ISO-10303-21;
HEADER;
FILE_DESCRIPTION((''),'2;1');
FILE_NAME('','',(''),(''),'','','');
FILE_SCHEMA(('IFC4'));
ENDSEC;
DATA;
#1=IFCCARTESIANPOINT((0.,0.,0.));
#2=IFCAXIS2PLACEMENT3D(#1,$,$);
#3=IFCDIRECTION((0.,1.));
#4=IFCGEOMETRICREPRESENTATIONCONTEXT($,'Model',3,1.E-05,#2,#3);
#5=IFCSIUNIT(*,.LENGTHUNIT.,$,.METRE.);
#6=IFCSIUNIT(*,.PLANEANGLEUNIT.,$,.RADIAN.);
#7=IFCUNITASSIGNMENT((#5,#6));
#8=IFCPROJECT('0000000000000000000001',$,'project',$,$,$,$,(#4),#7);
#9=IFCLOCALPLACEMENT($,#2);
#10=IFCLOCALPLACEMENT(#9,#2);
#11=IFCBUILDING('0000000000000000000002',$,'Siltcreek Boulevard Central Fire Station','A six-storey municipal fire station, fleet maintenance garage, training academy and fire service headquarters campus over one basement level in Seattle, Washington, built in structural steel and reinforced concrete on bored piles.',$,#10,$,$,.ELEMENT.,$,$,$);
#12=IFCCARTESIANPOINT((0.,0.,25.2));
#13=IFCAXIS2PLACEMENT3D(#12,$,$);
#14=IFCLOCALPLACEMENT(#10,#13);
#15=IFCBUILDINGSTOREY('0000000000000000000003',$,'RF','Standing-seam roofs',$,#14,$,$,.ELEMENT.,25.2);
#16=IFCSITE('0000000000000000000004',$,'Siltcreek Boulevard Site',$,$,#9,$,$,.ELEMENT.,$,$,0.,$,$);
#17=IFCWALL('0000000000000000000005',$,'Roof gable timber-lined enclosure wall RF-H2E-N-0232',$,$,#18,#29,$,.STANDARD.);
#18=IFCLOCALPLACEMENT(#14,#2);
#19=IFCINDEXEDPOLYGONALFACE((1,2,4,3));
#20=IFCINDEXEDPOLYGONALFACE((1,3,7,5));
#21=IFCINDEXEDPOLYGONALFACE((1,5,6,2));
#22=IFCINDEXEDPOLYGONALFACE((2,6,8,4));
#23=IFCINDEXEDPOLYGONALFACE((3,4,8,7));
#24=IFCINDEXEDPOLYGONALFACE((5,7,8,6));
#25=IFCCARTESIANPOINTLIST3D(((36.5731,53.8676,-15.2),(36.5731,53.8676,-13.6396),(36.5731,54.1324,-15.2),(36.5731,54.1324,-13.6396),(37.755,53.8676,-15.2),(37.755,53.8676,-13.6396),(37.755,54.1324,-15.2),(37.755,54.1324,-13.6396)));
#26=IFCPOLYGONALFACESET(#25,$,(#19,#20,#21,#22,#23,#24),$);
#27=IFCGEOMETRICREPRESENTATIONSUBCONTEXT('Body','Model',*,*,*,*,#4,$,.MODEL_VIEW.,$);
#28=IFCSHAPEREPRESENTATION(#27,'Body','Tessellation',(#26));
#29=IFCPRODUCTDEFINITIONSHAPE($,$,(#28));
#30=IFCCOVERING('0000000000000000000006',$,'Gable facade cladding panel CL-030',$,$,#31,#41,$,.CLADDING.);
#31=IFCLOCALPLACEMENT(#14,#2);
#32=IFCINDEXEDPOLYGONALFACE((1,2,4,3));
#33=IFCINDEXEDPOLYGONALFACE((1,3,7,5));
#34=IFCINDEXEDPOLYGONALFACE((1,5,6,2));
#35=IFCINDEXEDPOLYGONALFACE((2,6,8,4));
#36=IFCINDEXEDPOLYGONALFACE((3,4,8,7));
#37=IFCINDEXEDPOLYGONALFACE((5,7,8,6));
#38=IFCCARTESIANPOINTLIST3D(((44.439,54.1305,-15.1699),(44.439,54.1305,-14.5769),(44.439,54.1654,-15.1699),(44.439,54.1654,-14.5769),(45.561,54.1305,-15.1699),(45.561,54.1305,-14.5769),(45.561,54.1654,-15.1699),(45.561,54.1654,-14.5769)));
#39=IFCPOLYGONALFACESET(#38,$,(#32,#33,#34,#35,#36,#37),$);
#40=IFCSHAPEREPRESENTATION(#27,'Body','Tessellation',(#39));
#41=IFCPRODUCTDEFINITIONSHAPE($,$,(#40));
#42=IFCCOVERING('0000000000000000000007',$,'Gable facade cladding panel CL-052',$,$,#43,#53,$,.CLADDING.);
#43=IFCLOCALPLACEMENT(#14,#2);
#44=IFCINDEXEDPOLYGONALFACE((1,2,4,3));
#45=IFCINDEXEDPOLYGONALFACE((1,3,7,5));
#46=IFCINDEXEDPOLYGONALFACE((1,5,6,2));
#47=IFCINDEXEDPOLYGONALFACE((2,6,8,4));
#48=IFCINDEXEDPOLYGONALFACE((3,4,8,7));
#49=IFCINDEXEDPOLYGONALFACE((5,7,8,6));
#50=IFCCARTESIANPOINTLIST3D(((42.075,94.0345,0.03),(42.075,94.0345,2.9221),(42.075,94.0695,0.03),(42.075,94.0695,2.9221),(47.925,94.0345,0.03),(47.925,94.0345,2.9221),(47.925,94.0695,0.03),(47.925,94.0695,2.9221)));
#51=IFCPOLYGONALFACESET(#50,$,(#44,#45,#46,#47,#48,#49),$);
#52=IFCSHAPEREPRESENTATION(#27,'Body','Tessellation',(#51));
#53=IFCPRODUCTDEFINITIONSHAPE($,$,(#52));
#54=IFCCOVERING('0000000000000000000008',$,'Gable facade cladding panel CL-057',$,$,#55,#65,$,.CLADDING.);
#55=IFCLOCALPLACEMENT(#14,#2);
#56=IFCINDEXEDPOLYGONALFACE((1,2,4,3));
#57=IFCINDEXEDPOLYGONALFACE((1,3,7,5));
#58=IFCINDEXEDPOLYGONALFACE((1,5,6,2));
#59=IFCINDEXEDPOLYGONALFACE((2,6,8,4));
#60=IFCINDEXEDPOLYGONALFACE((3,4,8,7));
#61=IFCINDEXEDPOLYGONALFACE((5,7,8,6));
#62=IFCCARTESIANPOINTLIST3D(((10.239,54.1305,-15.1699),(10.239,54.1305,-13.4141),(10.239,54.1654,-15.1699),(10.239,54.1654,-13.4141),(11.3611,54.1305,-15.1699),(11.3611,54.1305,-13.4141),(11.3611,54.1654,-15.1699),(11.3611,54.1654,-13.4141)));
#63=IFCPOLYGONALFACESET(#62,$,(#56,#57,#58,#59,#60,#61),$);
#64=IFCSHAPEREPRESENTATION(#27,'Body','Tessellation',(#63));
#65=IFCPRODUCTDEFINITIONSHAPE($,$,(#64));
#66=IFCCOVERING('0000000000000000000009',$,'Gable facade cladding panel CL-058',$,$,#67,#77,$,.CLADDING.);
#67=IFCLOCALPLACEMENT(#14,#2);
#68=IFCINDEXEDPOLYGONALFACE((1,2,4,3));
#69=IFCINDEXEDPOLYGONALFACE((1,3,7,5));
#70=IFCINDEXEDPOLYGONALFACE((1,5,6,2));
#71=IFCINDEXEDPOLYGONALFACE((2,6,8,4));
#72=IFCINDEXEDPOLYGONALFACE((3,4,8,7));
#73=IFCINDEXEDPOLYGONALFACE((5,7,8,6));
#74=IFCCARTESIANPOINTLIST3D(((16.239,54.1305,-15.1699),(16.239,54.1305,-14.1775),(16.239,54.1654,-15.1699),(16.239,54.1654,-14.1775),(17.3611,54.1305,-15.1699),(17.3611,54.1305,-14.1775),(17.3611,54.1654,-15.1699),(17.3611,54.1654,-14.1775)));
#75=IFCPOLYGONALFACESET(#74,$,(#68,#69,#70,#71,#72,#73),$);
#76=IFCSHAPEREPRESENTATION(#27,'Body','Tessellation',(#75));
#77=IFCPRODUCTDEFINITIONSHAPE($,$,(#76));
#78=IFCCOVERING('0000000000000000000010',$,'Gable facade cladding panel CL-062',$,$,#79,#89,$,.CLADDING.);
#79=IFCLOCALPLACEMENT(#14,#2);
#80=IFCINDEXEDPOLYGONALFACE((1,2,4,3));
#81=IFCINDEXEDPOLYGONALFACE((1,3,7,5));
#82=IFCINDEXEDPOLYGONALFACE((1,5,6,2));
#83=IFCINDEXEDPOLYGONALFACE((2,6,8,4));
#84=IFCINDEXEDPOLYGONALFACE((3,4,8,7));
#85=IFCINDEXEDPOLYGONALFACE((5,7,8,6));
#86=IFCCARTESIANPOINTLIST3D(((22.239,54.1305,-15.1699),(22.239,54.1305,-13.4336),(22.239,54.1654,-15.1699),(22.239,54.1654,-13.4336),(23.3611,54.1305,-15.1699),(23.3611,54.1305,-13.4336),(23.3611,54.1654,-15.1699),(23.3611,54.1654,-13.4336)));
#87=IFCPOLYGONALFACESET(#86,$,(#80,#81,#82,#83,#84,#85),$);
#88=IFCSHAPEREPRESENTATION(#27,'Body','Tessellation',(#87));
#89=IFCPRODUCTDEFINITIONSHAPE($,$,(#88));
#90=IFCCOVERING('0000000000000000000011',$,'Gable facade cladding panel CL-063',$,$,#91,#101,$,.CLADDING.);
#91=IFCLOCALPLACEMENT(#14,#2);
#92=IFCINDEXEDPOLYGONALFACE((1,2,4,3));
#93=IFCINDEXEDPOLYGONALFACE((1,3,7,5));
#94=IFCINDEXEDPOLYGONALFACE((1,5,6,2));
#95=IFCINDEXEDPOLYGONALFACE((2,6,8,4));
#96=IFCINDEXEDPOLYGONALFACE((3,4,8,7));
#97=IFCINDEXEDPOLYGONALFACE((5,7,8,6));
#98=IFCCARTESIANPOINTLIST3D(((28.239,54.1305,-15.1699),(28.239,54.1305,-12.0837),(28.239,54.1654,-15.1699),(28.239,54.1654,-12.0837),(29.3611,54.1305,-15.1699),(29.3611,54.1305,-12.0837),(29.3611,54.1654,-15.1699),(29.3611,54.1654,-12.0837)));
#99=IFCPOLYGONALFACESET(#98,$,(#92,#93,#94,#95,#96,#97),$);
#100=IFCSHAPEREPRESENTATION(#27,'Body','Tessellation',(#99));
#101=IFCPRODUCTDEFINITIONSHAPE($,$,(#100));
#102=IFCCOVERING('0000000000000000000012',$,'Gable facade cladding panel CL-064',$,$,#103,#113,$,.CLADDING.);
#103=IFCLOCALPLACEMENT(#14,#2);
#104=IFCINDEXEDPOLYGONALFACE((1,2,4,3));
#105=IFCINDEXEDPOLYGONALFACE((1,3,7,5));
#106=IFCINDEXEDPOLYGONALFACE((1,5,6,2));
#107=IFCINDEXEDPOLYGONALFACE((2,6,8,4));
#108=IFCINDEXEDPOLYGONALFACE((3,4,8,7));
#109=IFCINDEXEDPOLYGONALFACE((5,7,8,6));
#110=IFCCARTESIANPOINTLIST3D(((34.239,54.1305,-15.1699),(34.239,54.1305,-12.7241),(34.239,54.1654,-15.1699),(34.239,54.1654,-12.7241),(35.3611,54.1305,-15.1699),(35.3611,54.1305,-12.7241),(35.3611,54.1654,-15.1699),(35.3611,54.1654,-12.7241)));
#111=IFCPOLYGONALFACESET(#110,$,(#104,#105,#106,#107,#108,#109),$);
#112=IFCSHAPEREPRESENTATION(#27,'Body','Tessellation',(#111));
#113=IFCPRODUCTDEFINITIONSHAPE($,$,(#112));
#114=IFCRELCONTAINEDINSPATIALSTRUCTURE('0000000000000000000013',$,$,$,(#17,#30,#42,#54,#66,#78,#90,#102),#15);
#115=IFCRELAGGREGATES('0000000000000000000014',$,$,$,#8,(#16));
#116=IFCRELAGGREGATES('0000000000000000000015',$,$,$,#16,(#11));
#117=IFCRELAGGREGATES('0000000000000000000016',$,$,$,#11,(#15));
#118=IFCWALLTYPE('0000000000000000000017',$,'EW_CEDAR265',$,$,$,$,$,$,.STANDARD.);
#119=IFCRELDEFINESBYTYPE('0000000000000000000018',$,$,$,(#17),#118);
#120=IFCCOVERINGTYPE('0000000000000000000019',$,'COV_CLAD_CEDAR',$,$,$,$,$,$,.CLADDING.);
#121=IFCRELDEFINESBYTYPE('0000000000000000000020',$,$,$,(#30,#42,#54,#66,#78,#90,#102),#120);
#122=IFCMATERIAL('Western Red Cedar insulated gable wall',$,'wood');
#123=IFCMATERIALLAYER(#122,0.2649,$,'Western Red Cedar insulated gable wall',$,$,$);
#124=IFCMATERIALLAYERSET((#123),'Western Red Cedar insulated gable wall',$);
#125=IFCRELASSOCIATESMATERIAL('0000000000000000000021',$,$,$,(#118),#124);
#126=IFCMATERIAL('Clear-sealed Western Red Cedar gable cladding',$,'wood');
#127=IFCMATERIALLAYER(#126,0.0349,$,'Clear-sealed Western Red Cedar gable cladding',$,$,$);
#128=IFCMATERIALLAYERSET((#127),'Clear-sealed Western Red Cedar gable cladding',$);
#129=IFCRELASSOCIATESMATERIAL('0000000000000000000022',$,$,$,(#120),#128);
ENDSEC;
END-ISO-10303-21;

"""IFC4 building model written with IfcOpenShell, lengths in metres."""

from ifc_helpers import new_model, si_unit, direction, frame, frame_2d, origin, origin_2d, place, context, subcontext, project, spatial, rectangle, extrude, material, layer, layer_set, type_object, element, save


model = new_model("IFC4")

# Units and contexts
model_context = context("Model", 3, precision=1e-05, world=origin(), true_north=direction((0.0, 1.0)))
body_context = subcontext(model_context, "Body", "Model", "MODEL_VIEW")
ifc_project = project(units=[si_unit("LENGTHUNIT", "METRE"), si_unit("PLANEANGLEUNIT", "RADIAN")], contexts=[model_context])

# Site, building, storey
site_placement = place(None, origin())
site = spatial("IfcSite", under=ifc_project, at=site_placement, Name="Siltcreek Boulevard Site", CompositionType="ELEMENT", RefElevation=0.0)
building_placement = place(site_placement, origin())
building = spatial("IfcBuilding", under=site, at=building_placement, Name="Siltcreek Boulevard Central Fire Station", Description="A six-storey municipal fire station, fleet maintenance garage, training academy and fire service headquarters campus over one basement level in Seattle, Washington, built in structural steel and reinforced concrete on bored piles.", CompositionType="ELEMENT")
storey_placement = place(building_placement, frame((0.0, 0.0, 25.2)))
storey = spatial("IfcBuildingStorey", under=building, at=storey_placement, Name="RF", Description="Standing-seam roofs", CompositionType="ELEMENT", Elevation=25.2)

# Wall
ifc_material_1 = material(Name="Western Red Cedar insulated gable wall", Category="wood")
ifc_layer_1 = layer(ifc_material_1, 0.2649, Name="Western Red Cedar insulated gable wall")
ifc_layer_set_1 = layer_set([ifc_layer_1], Name="Western Red Cedar insulated gable wall")
wall_type = type_object("IfcWallType", Name="EW_CEDAR265", PredefinedType="STANDARD", material=ifc_layer_set_1)
wall_1_placement = place(storey_placement, frame((37.7549, 54.0, -15.2), z_axis=(0.0, 0.0, 1.0), x_axis=(-1.0, 0.0, 0.0)))
element("IfcWall", 1, at=wall_1_placement, inside=storey, type_object=wall_type, Name="Roof gable timber-lined enclosure wall RF-H2E-N-0232", PredefinedType="STANDARD", context=body_context, shape_type="SweptSolid", body=[
    extrude(rectangle(XDim=1.1819, YDim=0.2649, at=frame_2d((0.5908, 0.0))), origin(), (0.0, 0.0, 1.0), 1.5603),
])

# Coverings
ifc_material_2 = material(Name="Clear-sealed Western Red Cedar gable cladding", Category="wood")
ifc_layer_2 = layer(ifc_material_2, 0.0349, Name="Clear-sealed Western Red Cedar gable cladding")
ifc_layer_set_2 = layer_set([ifc_layer_2], Name="Clear-sealed Western Red Cedar gable cladding")
covering_type = type_object("IfcCoveringType", Name="COV_CLAD_CEDAR", PredefinedType="CLADDING", material=ifc_layer_set_2)
covering_1_placement = place(storey_placement, frame((45.0, 54.1479, -15.1699), z_axis=(0.0, 0.0, 1.0), x_axis=(-1.0, 0.0, 0.0)))
element("IfcCovering", 2, at=covering_1_placement, inside=storey, type_object=covering_type, Name="Gable facade cladding panel CL-030", PredefinedType="CLADDING", context=body_context, shape_type="SweptSolid", body=[
    extrude(rectangle(XDim=1.1221, YDim=0.0349, at=origin_2d()), origin(), (0.0, 0.0, 1.0), 0.593),
])
covering_2_placement = place(storey_placement, frame((45.0, 94.052, 0.03), z_axis=(0.0, 0.0, 1.0), x_axis=(1.0, 0.0, 0.0)))
element("IfcCovering", 3, at=covering_2_placement, inside=storey, type_object=covering_type, Name="Gable facade cladding panel CL-052", PredefinedType="CLADDING", context=body_context, shape_type="SweptSolid", body=[
    extrude(rectangle(XDim=5.8501, YDim=0.0349, at=origin_2d()), origin(), (0.0, 0.0, 1.0), 2.8921),
])
covering_3_placement = place(storey_placement, frame((10.8, 54.1479, -15.1699), z_axis=(0.0, 0.0, 1.0), x_axis=(-1.0, 0.0, 0.0)))
element("IfcCovering", 4, at=covering_3_placement, inside=storey, type_object=covering_type, Name="Gable facade cladding panel CL-057", PredefinedType="CLADDING", context=body_context, shape_type="SweptSolid", body=[
    extrude(rectangle(XDim=1.1221, YDim=0.0349, at=origin_2d()), origin(), (0.0, 0.0, 1.0), 1.7559),
])
covering_4_placement = place(storey_placement, frame((16.8, 54.1479, -15.1699), z_axis=(0.0, 0.0, 1.0), x_axis=(-1.0, 0.0, 0.0)))
element("IfcCovering", 5, at=covering_4_placement, inside=storey, type_object=covering_type, Name="Gable facade cladding panel CL-058", PredefinedType="CLADDING", context=body_context, shape_type="SweptSolid", body=[
    extrude(rectangle(XDim=1.1221, YDim=0.0349, at=origin_2d()), origin(), (0.0, 0.0, 1.0), 0.9924),
])
covering_5_placement = place(storey_placement, frame((22.8, 54.1479, -15.1699), z_axis=(0.0, 0.0, 1.0), x_axis=(-1.0, 0.0, 0.0)))
element("IfcCovering", 6, at=covering_5_placement, inside=storey, type_object=covering_type, Name="Gable facade cladding panel CL-062", PredefinedType="CLADDING", context=body_context, shape_type="SweptSolid", body=[
    extrude(rectangle(XDim=1.1221, YDim=0.0349, at=origin_2d()), origin(), (0.0, 0.0, 1.0), 1.7363),
])
covering_6_placement = place(storey_placement, frame((28.8, 54.1479, -15.1699), z_axis=(0.0, 0.0, 1.0), x_axis=(-1.0, 0.0, 0.0)))
element("IfcCovering", 7, at=covering_6_placement, inside=storey, type_object=covering_type, Name="Gable facade cladding panel CL-063", PredefinedType="CLADDING", context=body_context, shape_type="SweptSolid", body=[
    extrude(rectangle(XDim=1.1221, YDim=0.0349, at=origin_2d()), origin(), (0.0, 0.0, 1.0), 3.0862),
])
covering_7_placement = place(storey_placement, frame((34.8, 54.1479, -15.1699), z_axis=(0.0, 0.0, 1.0), x_axis=(-1.0, 0.0, 0.0)))
element("IfcCovering", 8, at=covering_7_placement, inside=storey, type_object=covering_type, Name="Gable facade cladding panel CL-064", PredefinedType="CLADDING", context=body_context, shape_type="SweptSolid", body=[
    extrude(rectangle(XDim=1.1221, YDim=0.0349, at=origin_2d()), origin(), (0.0, 0.0, 1.0), 2.4458),
])

save(model, "model.ifc")
